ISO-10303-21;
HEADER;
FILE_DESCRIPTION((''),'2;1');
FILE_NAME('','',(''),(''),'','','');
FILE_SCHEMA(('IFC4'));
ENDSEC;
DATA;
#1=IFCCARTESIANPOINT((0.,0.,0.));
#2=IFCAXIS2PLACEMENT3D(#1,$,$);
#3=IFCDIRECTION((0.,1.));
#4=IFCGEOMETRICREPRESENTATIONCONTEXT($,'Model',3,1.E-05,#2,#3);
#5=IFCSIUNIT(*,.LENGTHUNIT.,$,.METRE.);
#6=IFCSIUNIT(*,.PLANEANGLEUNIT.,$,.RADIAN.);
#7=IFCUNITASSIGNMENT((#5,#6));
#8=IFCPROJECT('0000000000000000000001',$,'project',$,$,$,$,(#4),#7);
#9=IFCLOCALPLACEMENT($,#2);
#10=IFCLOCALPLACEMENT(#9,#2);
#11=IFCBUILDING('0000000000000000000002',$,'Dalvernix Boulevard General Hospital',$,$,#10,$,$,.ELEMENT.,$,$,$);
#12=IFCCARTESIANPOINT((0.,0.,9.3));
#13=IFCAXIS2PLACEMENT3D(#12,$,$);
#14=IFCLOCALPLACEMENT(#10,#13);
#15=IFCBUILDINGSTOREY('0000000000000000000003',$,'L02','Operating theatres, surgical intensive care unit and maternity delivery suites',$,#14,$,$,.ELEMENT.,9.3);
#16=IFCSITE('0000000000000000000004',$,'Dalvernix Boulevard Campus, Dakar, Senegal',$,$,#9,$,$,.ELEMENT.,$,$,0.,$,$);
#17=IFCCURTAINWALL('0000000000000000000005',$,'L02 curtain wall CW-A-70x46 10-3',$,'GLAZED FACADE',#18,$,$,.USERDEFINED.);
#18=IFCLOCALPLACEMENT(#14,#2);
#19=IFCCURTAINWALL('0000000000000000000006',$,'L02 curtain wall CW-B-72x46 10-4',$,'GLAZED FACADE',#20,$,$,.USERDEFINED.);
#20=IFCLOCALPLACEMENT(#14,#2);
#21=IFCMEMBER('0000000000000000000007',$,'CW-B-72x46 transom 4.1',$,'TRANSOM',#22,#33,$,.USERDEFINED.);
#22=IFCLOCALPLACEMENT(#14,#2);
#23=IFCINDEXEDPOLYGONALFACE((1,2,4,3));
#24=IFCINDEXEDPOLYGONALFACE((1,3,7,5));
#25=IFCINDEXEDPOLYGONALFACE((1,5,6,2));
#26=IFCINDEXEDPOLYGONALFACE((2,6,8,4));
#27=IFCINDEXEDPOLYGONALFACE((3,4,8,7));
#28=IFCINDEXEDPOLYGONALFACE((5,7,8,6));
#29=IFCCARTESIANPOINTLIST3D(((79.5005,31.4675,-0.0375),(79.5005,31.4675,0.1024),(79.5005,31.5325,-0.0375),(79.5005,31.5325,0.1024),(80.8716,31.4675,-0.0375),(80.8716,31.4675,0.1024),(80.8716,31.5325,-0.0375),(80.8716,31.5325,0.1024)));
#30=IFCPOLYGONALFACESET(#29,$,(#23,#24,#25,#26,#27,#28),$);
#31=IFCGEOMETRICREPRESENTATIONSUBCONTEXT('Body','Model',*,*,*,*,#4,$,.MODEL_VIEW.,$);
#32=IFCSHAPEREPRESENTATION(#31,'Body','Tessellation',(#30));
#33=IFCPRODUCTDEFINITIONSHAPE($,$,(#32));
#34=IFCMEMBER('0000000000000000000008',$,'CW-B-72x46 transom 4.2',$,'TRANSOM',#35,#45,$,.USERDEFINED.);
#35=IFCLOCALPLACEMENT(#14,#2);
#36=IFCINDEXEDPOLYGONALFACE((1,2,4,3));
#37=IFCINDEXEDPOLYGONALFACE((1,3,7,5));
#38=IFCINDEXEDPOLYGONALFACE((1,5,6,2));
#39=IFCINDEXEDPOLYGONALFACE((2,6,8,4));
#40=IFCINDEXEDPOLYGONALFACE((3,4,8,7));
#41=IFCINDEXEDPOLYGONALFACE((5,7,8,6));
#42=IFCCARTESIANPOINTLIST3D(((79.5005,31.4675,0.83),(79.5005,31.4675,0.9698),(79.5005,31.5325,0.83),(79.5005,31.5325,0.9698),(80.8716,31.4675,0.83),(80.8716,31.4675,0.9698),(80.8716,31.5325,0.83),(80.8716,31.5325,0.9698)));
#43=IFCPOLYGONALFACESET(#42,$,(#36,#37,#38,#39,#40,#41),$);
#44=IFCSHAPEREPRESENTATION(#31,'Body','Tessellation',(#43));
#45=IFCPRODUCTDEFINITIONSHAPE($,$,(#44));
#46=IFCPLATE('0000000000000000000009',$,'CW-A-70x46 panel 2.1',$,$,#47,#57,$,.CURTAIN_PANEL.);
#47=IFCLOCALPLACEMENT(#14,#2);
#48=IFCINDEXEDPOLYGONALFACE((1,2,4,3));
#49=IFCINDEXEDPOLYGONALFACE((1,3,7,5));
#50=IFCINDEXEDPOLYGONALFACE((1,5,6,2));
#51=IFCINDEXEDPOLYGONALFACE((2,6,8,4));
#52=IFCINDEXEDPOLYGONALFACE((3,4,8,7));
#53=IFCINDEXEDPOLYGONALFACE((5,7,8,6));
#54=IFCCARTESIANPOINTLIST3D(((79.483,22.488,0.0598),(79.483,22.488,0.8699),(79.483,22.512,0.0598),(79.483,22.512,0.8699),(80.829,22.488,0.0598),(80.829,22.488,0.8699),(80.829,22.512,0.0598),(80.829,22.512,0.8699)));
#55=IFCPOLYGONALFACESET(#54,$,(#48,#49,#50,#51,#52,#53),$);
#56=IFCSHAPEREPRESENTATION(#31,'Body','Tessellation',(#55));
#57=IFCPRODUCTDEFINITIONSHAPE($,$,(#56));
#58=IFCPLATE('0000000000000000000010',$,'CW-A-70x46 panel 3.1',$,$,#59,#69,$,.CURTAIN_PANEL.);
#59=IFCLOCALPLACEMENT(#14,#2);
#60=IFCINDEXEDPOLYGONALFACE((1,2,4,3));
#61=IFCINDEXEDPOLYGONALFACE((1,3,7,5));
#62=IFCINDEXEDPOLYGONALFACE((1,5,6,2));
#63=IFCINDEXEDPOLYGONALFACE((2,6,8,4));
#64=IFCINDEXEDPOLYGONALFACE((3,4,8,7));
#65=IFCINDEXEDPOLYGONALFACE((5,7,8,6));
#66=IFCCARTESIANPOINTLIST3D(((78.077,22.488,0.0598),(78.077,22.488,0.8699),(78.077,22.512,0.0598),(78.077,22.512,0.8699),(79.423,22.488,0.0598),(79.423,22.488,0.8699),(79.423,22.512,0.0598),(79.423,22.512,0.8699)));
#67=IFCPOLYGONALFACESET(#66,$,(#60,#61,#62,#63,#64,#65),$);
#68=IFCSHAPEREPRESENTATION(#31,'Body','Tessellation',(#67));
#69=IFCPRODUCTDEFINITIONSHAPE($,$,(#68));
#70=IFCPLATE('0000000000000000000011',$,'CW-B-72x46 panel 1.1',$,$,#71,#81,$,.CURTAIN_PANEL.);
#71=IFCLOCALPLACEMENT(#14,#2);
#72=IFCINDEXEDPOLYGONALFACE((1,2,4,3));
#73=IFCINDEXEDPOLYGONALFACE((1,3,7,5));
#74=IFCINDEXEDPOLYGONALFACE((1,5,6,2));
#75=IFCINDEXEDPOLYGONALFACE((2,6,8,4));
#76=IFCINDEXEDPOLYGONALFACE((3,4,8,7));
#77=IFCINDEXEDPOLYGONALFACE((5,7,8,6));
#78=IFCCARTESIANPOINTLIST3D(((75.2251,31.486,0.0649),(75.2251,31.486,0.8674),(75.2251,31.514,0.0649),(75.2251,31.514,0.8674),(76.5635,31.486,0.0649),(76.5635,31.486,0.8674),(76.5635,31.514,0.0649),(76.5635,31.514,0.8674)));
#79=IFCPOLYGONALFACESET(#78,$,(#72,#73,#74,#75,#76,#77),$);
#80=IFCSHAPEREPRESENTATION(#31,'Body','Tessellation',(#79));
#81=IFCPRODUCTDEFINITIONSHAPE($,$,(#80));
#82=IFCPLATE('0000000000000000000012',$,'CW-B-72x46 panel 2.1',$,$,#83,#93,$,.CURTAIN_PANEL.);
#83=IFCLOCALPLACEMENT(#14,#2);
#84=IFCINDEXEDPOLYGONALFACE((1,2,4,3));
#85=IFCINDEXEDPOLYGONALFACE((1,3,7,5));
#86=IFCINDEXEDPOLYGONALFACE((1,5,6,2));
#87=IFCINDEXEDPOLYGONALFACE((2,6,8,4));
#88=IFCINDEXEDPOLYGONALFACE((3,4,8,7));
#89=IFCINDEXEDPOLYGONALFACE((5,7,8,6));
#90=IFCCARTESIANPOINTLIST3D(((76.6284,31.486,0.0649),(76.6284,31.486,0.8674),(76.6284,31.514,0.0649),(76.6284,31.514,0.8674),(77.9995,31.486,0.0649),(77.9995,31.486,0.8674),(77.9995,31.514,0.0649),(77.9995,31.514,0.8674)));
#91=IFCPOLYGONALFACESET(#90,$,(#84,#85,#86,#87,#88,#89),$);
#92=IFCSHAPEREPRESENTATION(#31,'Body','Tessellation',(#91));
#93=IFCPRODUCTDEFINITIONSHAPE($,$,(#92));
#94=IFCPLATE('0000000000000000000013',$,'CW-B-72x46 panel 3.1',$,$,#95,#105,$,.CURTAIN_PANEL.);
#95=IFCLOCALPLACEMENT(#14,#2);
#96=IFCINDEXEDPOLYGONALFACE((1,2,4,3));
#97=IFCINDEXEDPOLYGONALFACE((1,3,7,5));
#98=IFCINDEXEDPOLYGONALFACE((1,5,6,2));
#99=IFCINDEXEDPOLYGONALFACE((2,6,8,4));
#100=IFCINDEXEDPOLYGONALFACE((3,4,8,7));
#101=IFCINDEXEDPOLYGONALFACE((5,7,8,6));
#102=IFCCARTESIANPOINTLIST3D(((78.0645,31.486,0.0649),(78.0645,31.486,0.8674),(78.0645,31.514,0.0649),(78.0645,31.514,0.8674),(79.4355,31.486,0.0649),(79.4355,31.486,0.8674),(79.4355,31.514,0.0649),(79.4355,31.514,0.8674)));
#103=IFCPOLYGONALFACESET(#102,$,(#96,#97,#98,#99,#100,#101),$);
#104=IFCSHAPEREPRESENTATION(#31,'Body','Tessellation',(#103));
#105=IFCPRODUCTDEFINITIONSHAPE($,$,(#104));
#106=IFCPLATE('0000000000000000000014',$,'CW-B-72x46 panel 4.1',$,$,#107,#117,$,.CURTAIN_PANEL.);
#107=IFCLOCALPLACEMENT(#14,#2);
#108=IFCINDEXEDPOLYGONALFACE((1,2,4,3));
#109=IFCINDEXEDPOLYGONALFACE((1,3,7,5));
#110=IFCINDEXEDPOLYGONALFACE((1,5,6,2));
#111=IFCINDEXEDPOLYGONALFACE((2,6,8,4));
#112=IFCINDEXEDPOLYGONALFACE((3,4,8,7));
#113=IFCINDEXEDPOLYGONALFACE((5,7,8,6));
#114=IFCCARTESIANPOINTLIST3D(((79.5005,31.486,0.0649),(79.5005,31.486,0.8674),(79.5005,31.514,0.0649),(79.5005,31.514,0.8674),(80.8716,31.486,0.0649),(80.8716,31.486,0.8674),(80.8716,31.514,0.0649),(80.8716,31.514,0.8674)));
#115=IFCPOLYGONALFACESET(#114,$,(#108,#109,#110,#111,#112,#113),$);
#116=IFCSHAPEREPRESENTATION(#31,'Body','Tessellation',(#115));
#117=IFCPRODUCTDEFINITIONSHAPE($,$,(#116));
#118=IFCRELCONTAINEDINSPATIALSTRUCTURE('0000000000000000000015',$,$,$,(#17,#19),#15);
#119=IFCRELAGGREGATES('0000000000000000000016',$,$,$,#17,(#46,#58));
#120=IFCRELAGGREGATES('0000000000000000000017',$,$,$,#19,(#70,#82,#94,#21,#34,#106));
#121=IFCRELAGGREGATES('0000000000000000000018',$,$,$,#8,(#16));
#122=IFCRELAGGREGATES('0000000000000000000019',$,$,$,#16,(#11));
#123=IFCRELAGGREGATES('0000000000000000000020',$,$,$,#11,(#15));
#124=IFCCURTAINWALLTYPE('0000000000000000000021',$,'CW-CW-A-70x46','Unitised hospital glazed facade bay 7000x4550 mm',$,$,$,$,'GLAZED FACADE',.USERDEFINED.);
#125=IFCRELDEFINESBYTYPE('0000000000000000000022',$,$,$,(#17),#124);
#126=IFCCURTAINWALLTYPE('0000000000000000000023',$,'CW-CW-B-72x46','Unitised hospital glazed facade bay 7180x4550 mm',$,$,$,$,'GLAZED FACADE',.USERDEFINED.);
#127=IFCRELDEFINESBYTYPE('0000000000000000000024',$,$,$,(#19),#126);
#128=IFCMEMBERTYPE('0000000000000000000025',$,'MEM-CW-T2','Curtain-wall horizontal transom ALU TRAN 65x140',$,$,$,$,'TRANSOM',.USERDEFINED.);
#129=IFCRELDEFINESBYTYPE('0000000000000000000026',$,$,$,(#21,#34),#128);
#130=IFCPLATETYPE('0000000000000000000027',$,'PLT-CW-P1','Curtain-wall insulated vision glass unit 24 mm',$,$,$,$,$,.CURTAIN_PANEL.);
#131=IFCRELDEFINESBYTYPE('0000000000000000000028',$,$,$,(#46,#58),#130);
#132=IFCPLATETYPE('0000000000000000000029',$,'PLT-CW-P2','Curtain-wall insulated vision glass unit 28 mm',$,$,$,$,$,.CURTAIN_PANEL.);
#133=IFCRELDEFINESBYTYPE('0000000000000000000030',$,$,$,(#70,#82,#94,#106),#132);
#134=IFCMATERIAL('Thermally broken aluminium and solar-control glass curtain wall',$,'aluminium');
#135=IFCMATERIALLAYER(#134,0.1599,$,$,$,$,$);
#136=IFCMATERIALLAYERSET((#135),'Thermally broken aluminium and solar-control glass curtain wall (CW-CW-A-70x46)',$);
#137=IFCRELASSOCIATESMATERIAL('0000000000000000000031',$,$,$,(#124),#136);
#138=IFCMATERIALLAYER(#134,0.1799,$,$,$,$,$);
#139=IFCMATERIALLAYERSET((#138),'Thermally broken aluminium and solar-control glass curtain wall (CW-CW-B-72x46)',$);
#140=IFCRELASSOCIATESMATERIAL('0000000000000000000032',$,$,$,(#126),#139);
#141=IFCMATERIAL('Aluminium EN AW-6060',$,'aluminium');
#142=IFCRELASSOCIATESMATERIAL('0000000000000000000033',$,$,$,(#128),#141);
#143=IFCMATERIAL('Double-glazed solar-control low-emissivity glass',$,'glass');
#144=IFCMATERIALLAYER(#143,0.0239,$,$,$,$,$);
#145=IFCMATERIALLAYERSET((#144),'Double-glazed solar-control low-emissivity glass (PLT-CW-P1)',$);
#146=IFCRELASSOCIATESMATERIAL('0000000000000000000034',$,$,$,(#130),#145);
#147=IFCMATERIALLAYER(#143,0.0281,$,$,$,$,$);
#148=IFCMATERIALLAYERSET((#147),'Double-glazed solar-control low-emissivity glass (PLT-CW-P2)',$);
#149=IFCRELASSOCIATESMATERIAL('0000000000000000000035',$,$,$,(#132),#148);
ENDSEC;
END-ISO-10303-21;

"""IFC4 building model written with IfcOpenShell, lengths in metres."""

from ifc_helpers import new_model, si_unit, direction, frame, origin, origin_2d, place, context, subcontext, project, spatial, rectangle, extrude, material, layer, layer_set, material_profile, profile_set, type_object, element, aggregate, save


model = new_model("IFC4")

# Units and contexts
model_context = context("Model", 3, precision=1e-05, world=origin(), true_north=direction((0.0, 1.0)))
body_context = subcontext(model_context, "Body", "Model", "MODEL_VIEW")
ifc_project = project(units=[si_unit("LENGTHUNIT", "METRE"), si_unit("PLANEANGLEUNIT", "RADIAN")], contexts=[model_context])

# Site, building, storey
site_placement = place(None, origin())
site = spatial("IfcSite", under=ifc_project, at=site_placement, Name="Dalvernix Boulevard Campus, Dakar, Senegal", CompositionType="ELEMENT", RefElevation=0.0)
building_placement = place(site_placement, origin())
building = spatial("IfcBuilding", under=site, at=building_placement, Name="Dalvernix Boulevard General Hospital", CompositionType="ELEMENT")
storey_placement = place(building_placement, frame((0.0, 0.0, 9.3)))
storey = spatial("IfcBuildingStorey", under=building, at=storey_placement, Name="L02", Description="Operating theatres, surgical intensive care unit and maternity delivery suites", CompositionType="ELEMENT", Elevation=9.3)

# Curtain walls
ifc_material_1 = material(Name="Thermally broken aluminium and solar-control glass curtain wall", Category="aluminium")
ifc_layer_1 = layer(ifc_material_1, 0.1599)
ifc_layer_set_1 = layer_set([ifc_layer_1], Name="Thermally broken aluminium and solar-control glass curtain wall (CW-CW-A-70x46)")
curtain_wall_type_1 = type_object("IfcCurtainWallType", Name="CW-CW-A-70x46", Description="Unitised hospital glazed facade bay 7000x4550 mm", ElementType="GLAZED FACADE", PredefinedType="USERDEFINED", material=ifc_layer_set_1)
curtain_wall_1_placement = place(storey_placement, origin())
curtain_wall_1 = element("IfcCurtainWall", 1, at=curtain_wall_1_placement, inside=storey, type_object=curtain_wall_type_1, Name="L02 curtain wall CW-A-70x46 10-3", ObjectType="GLAZED FACADE", PredefinedType="USERDEFINED")
ifc_material_2 = material(Name="Aluminium EN AW-6060", Category="aluminium")
ifc_layer_2 = layer(ifc_material_1, 0.1799)
ifc_layer_set_2 = layer_set([ifc_layer_2], Name="Thermally broken aluminium and solar-control glass curtain wall (CW-CW-B-72x46)")
curtain_wall_type_2 = type_object("IfcCurtainWallType", Name="CW-CW-B-72x46", Description="Unitised hospital glazed facade bay 7180x4550 mm", ElementType="GLAZED FACADE", PredefinedType="USERDEFINED", material=ifc_layer_set_2)
curtain_wall_2_placement = place(storey_placement, origin())
curtain_wall_2 = element("IfcCurtainWall", 2, at=curtain_wall_2_placement, inside=storey, type_object=curtain_wall_type_2, Name="L02 curtain wall CW-B-72x46 10-4", ObjectType="GLAZED FACADE", PredefinedType="USERDEFINED")

# Members
ifc_material_profile_1 = material_profile(ifc_material_2, rectangle(XDim=0.0649, YDim=0.1399, at=origin_2d()), Name="ALU TRAN 65x140")
ifc_profile_set_1 = profile_set([ifc_material_profile_1], Name="Aluminium EN AW-6060")
member_type_1 = type_object("IfcMemberType", Name="MEM-CW-T2", Description="Curtain-wall horizontal transom ALU TRAN 65x140", ElementType="TRANSOM", PredefinedType="USERDEFINED", material=ifc_profile_set_1)
member_1_placement = place(storey_placement, frame((79.5005, 31.5, 0.0325), z_axis=(1.0, 0.0, 0.0), x_axis=(0.0, 1.0, 0.0)))
member_1 = element("IfcMember", 3, at=member_1_placement, type_object=member_type_1, Name="CW-B-72x46 transom 4.1", ObjectType="TRANSOM", PredefinedType="USERDEFINED", context=body_context, shape_type="SweptSolid", body=[
    extrude(rectangle(XDim=0.0649, YDim=0.1399, at=origin_2d()), origin(), (0.0, 0.0, 1.0), 1.3711),
])
member_2_placement = place(storey_placement, frame((79.5005, 31.5, 0.8999), z_axis=(1.0, 0.0, 0.0), x_axis=(0.0, 1.0, 0.0)))
member_2 = element("IfcMember", 4, at=member_2_placement, type_object=member_type_1, Name="CW-B-72x46 transom 4.2", ObjectType="TRANSOM", PredefinedType="USERDEFINED", context=body_context, shape_type="SweptSolid", body=[
    extrude(rectangle(XDim=0.0649, YDim=0.1399, at=origin_2d()), origin(), (0.0, 0.0, 1.0), 1.3711),
])

# Plates
ifc_material_3 = material(Name="Double-glazed solar-control low-emissivity glass", Category="glass")
ifc_layer_3 = layer(ifc_material_3, 0.0239)
ifc_layer_set_3 = layer_set([ifc_layer_3], Name="Double-glazed solar-control low-emissivity glass (PLT-CW-P1)")
plate_type_1 = type_object("IfcPlateType", Name="PLT-CW-P1", Description="Curtain-wall insulated vision glass unit 24 mm", PredefinedType="CURTAIN_PANEL", material=ifc_layer_set_3)
plate_1_placement = place(storey_placement, frame((80.156, 22.5, 0.0598), z_axis=(0.0, 0.0, 1.0), x_axis=(-1.0, 0.0, 0.0)))
plate_1 = element("IfcPlate", 5, at=plate_1_placement, type_object=plate_type_1, Name="CW-A-70x46 panel 2.1", PredefinedType="CURTAIN_PANEL", context=body_context, shape_type="SweptSolid", body=[
    extrude(rectangle(XDim=1.3459, YDim=0.0239, at=origin_2d()), origin(), (0.0, 0.0, 1.0), 0.8101),
])
plate_2_placement = place(storey_placement, frame((78.75, 22.5, 0.0598), z_axis=(0.0, 0.0, 1.0), x_axis=(-1.0, 0.0, 0.0)))
plate_2 = element("IfcPlate", 6, at=plate_2_placement, type_object=plate_type_1, Name="CW-A-70x46 panel 3.1", PredefinedType="CURTAIN_PANEL", context=body_context, shape_type="SweptSolid", body=[
    extrude(rectangle(XDim=1.3459, YDim=0.0239, at=origin_2d()), origin(), (0.0, 0.0, 1.0), 0.8101),
])
aggregate(curtain_wall_1, [plate_1, plate_2])
ifc_layer_4 = layer(ifc_material_3, 0.0281)
ifc_layer_set_4 = layer_set([ifc_layer_4], Name="Double-glazed solar-control low-emissivity glass (PLT-CW-P2)")
plate_type_2 = type_object("IfcPlateType", Name="PLT-CW-P2", Description="Curtain-wall insulated vision glass unit 28 mm", PredefinedType="CURTAIN_PANEL", material=ifc_layer_set_4)
plate_3_placement = place(storey_placement, frame((75.8943, 31.5, 0.0649), z_axis=(0.0, 0.0, 1.0), x_axis=(1.0, 0.0, 0.0)))
plate_3 = element("IfcPlate", 7, at=plate_3_placement, type_object=plate_type_2, Name="CW-B-72x46 panel 1.1", PredefinedType="CURTAIN_PANEL", context=body_context, shape_type="SweptSolid", body=[
    extrude(rectangle(XDim=1.3384, YDim=0.0281, at=origin_2d()), origin(), (0.0, 0.0, 1.0), 0.8025),
])
plate_4_placement = place(storey_placement, frame((77.314, 31.5, 0.0649), z_axis=(0.0, 0.0, 1.0), x_axis=(1.0, 0.0, 0.0)))
plate_4 = element("IfcPlate", 8, at=plate_4_placement, type_object=plate_type_2, Name="CW-B-72x46 panel 2.1", PredefinedType="CURTAIN_PANEL", context=body_context, shape_type="SweptSolid", body=[
    extrude(rectangle(XDim=1.3711, YDim=0.0281, at=origin_2d()), origin(), (0.0, 0.0, 1.0), 0.8025),
])
plate_5_placement = place(storey_placement, frame((78.75, 31.5, 0.0649), z_axis=(0.0, 0.0, 1.0), x_axis=(1.0, 0.0, 0.0)))
plate_5 = element("IfcPlate", 9, at=plate_5_placement, type_object=plate_type_2, Name="CW-B-72x46 panel 3.1", PredefinedType="CURTAIN_PANEL", context=body_context, shape_type="SweptSolid", body=[
    extrude(rectangle(XDim=1.3711, YDim=0.0281, at=origin_2d()), origin(), (0.0, 0.0, 1.0), 0.8025),
])
plate_6_placement = place(storey_placement, frame((80.186, 31.5, 0.0649), z_axis=(0.0, 0.0, 1.0), x_axis=(1.0, 0.0, 0.0)))
plate_6 = element("IfcPlate", 10, at=plate_6_placement, type_object=plate_type_2, Name="CW-B-72x46 panel 4.1", PredefinedType="CURTAIN_PANEL", context=body_context, shape_type="SweptSolid", body=[
    extrude(rectangle(XDim=1.3711, YDim=0.0281, at=origin_2d()), origin(), (0.0, 0.0, 1.0), 0.8025),
])
aggregate(curtain_wall_2, [plate_3, plate_4, plate_5, member_1, member_2, plate_6])

save(model, "model.ifc")
